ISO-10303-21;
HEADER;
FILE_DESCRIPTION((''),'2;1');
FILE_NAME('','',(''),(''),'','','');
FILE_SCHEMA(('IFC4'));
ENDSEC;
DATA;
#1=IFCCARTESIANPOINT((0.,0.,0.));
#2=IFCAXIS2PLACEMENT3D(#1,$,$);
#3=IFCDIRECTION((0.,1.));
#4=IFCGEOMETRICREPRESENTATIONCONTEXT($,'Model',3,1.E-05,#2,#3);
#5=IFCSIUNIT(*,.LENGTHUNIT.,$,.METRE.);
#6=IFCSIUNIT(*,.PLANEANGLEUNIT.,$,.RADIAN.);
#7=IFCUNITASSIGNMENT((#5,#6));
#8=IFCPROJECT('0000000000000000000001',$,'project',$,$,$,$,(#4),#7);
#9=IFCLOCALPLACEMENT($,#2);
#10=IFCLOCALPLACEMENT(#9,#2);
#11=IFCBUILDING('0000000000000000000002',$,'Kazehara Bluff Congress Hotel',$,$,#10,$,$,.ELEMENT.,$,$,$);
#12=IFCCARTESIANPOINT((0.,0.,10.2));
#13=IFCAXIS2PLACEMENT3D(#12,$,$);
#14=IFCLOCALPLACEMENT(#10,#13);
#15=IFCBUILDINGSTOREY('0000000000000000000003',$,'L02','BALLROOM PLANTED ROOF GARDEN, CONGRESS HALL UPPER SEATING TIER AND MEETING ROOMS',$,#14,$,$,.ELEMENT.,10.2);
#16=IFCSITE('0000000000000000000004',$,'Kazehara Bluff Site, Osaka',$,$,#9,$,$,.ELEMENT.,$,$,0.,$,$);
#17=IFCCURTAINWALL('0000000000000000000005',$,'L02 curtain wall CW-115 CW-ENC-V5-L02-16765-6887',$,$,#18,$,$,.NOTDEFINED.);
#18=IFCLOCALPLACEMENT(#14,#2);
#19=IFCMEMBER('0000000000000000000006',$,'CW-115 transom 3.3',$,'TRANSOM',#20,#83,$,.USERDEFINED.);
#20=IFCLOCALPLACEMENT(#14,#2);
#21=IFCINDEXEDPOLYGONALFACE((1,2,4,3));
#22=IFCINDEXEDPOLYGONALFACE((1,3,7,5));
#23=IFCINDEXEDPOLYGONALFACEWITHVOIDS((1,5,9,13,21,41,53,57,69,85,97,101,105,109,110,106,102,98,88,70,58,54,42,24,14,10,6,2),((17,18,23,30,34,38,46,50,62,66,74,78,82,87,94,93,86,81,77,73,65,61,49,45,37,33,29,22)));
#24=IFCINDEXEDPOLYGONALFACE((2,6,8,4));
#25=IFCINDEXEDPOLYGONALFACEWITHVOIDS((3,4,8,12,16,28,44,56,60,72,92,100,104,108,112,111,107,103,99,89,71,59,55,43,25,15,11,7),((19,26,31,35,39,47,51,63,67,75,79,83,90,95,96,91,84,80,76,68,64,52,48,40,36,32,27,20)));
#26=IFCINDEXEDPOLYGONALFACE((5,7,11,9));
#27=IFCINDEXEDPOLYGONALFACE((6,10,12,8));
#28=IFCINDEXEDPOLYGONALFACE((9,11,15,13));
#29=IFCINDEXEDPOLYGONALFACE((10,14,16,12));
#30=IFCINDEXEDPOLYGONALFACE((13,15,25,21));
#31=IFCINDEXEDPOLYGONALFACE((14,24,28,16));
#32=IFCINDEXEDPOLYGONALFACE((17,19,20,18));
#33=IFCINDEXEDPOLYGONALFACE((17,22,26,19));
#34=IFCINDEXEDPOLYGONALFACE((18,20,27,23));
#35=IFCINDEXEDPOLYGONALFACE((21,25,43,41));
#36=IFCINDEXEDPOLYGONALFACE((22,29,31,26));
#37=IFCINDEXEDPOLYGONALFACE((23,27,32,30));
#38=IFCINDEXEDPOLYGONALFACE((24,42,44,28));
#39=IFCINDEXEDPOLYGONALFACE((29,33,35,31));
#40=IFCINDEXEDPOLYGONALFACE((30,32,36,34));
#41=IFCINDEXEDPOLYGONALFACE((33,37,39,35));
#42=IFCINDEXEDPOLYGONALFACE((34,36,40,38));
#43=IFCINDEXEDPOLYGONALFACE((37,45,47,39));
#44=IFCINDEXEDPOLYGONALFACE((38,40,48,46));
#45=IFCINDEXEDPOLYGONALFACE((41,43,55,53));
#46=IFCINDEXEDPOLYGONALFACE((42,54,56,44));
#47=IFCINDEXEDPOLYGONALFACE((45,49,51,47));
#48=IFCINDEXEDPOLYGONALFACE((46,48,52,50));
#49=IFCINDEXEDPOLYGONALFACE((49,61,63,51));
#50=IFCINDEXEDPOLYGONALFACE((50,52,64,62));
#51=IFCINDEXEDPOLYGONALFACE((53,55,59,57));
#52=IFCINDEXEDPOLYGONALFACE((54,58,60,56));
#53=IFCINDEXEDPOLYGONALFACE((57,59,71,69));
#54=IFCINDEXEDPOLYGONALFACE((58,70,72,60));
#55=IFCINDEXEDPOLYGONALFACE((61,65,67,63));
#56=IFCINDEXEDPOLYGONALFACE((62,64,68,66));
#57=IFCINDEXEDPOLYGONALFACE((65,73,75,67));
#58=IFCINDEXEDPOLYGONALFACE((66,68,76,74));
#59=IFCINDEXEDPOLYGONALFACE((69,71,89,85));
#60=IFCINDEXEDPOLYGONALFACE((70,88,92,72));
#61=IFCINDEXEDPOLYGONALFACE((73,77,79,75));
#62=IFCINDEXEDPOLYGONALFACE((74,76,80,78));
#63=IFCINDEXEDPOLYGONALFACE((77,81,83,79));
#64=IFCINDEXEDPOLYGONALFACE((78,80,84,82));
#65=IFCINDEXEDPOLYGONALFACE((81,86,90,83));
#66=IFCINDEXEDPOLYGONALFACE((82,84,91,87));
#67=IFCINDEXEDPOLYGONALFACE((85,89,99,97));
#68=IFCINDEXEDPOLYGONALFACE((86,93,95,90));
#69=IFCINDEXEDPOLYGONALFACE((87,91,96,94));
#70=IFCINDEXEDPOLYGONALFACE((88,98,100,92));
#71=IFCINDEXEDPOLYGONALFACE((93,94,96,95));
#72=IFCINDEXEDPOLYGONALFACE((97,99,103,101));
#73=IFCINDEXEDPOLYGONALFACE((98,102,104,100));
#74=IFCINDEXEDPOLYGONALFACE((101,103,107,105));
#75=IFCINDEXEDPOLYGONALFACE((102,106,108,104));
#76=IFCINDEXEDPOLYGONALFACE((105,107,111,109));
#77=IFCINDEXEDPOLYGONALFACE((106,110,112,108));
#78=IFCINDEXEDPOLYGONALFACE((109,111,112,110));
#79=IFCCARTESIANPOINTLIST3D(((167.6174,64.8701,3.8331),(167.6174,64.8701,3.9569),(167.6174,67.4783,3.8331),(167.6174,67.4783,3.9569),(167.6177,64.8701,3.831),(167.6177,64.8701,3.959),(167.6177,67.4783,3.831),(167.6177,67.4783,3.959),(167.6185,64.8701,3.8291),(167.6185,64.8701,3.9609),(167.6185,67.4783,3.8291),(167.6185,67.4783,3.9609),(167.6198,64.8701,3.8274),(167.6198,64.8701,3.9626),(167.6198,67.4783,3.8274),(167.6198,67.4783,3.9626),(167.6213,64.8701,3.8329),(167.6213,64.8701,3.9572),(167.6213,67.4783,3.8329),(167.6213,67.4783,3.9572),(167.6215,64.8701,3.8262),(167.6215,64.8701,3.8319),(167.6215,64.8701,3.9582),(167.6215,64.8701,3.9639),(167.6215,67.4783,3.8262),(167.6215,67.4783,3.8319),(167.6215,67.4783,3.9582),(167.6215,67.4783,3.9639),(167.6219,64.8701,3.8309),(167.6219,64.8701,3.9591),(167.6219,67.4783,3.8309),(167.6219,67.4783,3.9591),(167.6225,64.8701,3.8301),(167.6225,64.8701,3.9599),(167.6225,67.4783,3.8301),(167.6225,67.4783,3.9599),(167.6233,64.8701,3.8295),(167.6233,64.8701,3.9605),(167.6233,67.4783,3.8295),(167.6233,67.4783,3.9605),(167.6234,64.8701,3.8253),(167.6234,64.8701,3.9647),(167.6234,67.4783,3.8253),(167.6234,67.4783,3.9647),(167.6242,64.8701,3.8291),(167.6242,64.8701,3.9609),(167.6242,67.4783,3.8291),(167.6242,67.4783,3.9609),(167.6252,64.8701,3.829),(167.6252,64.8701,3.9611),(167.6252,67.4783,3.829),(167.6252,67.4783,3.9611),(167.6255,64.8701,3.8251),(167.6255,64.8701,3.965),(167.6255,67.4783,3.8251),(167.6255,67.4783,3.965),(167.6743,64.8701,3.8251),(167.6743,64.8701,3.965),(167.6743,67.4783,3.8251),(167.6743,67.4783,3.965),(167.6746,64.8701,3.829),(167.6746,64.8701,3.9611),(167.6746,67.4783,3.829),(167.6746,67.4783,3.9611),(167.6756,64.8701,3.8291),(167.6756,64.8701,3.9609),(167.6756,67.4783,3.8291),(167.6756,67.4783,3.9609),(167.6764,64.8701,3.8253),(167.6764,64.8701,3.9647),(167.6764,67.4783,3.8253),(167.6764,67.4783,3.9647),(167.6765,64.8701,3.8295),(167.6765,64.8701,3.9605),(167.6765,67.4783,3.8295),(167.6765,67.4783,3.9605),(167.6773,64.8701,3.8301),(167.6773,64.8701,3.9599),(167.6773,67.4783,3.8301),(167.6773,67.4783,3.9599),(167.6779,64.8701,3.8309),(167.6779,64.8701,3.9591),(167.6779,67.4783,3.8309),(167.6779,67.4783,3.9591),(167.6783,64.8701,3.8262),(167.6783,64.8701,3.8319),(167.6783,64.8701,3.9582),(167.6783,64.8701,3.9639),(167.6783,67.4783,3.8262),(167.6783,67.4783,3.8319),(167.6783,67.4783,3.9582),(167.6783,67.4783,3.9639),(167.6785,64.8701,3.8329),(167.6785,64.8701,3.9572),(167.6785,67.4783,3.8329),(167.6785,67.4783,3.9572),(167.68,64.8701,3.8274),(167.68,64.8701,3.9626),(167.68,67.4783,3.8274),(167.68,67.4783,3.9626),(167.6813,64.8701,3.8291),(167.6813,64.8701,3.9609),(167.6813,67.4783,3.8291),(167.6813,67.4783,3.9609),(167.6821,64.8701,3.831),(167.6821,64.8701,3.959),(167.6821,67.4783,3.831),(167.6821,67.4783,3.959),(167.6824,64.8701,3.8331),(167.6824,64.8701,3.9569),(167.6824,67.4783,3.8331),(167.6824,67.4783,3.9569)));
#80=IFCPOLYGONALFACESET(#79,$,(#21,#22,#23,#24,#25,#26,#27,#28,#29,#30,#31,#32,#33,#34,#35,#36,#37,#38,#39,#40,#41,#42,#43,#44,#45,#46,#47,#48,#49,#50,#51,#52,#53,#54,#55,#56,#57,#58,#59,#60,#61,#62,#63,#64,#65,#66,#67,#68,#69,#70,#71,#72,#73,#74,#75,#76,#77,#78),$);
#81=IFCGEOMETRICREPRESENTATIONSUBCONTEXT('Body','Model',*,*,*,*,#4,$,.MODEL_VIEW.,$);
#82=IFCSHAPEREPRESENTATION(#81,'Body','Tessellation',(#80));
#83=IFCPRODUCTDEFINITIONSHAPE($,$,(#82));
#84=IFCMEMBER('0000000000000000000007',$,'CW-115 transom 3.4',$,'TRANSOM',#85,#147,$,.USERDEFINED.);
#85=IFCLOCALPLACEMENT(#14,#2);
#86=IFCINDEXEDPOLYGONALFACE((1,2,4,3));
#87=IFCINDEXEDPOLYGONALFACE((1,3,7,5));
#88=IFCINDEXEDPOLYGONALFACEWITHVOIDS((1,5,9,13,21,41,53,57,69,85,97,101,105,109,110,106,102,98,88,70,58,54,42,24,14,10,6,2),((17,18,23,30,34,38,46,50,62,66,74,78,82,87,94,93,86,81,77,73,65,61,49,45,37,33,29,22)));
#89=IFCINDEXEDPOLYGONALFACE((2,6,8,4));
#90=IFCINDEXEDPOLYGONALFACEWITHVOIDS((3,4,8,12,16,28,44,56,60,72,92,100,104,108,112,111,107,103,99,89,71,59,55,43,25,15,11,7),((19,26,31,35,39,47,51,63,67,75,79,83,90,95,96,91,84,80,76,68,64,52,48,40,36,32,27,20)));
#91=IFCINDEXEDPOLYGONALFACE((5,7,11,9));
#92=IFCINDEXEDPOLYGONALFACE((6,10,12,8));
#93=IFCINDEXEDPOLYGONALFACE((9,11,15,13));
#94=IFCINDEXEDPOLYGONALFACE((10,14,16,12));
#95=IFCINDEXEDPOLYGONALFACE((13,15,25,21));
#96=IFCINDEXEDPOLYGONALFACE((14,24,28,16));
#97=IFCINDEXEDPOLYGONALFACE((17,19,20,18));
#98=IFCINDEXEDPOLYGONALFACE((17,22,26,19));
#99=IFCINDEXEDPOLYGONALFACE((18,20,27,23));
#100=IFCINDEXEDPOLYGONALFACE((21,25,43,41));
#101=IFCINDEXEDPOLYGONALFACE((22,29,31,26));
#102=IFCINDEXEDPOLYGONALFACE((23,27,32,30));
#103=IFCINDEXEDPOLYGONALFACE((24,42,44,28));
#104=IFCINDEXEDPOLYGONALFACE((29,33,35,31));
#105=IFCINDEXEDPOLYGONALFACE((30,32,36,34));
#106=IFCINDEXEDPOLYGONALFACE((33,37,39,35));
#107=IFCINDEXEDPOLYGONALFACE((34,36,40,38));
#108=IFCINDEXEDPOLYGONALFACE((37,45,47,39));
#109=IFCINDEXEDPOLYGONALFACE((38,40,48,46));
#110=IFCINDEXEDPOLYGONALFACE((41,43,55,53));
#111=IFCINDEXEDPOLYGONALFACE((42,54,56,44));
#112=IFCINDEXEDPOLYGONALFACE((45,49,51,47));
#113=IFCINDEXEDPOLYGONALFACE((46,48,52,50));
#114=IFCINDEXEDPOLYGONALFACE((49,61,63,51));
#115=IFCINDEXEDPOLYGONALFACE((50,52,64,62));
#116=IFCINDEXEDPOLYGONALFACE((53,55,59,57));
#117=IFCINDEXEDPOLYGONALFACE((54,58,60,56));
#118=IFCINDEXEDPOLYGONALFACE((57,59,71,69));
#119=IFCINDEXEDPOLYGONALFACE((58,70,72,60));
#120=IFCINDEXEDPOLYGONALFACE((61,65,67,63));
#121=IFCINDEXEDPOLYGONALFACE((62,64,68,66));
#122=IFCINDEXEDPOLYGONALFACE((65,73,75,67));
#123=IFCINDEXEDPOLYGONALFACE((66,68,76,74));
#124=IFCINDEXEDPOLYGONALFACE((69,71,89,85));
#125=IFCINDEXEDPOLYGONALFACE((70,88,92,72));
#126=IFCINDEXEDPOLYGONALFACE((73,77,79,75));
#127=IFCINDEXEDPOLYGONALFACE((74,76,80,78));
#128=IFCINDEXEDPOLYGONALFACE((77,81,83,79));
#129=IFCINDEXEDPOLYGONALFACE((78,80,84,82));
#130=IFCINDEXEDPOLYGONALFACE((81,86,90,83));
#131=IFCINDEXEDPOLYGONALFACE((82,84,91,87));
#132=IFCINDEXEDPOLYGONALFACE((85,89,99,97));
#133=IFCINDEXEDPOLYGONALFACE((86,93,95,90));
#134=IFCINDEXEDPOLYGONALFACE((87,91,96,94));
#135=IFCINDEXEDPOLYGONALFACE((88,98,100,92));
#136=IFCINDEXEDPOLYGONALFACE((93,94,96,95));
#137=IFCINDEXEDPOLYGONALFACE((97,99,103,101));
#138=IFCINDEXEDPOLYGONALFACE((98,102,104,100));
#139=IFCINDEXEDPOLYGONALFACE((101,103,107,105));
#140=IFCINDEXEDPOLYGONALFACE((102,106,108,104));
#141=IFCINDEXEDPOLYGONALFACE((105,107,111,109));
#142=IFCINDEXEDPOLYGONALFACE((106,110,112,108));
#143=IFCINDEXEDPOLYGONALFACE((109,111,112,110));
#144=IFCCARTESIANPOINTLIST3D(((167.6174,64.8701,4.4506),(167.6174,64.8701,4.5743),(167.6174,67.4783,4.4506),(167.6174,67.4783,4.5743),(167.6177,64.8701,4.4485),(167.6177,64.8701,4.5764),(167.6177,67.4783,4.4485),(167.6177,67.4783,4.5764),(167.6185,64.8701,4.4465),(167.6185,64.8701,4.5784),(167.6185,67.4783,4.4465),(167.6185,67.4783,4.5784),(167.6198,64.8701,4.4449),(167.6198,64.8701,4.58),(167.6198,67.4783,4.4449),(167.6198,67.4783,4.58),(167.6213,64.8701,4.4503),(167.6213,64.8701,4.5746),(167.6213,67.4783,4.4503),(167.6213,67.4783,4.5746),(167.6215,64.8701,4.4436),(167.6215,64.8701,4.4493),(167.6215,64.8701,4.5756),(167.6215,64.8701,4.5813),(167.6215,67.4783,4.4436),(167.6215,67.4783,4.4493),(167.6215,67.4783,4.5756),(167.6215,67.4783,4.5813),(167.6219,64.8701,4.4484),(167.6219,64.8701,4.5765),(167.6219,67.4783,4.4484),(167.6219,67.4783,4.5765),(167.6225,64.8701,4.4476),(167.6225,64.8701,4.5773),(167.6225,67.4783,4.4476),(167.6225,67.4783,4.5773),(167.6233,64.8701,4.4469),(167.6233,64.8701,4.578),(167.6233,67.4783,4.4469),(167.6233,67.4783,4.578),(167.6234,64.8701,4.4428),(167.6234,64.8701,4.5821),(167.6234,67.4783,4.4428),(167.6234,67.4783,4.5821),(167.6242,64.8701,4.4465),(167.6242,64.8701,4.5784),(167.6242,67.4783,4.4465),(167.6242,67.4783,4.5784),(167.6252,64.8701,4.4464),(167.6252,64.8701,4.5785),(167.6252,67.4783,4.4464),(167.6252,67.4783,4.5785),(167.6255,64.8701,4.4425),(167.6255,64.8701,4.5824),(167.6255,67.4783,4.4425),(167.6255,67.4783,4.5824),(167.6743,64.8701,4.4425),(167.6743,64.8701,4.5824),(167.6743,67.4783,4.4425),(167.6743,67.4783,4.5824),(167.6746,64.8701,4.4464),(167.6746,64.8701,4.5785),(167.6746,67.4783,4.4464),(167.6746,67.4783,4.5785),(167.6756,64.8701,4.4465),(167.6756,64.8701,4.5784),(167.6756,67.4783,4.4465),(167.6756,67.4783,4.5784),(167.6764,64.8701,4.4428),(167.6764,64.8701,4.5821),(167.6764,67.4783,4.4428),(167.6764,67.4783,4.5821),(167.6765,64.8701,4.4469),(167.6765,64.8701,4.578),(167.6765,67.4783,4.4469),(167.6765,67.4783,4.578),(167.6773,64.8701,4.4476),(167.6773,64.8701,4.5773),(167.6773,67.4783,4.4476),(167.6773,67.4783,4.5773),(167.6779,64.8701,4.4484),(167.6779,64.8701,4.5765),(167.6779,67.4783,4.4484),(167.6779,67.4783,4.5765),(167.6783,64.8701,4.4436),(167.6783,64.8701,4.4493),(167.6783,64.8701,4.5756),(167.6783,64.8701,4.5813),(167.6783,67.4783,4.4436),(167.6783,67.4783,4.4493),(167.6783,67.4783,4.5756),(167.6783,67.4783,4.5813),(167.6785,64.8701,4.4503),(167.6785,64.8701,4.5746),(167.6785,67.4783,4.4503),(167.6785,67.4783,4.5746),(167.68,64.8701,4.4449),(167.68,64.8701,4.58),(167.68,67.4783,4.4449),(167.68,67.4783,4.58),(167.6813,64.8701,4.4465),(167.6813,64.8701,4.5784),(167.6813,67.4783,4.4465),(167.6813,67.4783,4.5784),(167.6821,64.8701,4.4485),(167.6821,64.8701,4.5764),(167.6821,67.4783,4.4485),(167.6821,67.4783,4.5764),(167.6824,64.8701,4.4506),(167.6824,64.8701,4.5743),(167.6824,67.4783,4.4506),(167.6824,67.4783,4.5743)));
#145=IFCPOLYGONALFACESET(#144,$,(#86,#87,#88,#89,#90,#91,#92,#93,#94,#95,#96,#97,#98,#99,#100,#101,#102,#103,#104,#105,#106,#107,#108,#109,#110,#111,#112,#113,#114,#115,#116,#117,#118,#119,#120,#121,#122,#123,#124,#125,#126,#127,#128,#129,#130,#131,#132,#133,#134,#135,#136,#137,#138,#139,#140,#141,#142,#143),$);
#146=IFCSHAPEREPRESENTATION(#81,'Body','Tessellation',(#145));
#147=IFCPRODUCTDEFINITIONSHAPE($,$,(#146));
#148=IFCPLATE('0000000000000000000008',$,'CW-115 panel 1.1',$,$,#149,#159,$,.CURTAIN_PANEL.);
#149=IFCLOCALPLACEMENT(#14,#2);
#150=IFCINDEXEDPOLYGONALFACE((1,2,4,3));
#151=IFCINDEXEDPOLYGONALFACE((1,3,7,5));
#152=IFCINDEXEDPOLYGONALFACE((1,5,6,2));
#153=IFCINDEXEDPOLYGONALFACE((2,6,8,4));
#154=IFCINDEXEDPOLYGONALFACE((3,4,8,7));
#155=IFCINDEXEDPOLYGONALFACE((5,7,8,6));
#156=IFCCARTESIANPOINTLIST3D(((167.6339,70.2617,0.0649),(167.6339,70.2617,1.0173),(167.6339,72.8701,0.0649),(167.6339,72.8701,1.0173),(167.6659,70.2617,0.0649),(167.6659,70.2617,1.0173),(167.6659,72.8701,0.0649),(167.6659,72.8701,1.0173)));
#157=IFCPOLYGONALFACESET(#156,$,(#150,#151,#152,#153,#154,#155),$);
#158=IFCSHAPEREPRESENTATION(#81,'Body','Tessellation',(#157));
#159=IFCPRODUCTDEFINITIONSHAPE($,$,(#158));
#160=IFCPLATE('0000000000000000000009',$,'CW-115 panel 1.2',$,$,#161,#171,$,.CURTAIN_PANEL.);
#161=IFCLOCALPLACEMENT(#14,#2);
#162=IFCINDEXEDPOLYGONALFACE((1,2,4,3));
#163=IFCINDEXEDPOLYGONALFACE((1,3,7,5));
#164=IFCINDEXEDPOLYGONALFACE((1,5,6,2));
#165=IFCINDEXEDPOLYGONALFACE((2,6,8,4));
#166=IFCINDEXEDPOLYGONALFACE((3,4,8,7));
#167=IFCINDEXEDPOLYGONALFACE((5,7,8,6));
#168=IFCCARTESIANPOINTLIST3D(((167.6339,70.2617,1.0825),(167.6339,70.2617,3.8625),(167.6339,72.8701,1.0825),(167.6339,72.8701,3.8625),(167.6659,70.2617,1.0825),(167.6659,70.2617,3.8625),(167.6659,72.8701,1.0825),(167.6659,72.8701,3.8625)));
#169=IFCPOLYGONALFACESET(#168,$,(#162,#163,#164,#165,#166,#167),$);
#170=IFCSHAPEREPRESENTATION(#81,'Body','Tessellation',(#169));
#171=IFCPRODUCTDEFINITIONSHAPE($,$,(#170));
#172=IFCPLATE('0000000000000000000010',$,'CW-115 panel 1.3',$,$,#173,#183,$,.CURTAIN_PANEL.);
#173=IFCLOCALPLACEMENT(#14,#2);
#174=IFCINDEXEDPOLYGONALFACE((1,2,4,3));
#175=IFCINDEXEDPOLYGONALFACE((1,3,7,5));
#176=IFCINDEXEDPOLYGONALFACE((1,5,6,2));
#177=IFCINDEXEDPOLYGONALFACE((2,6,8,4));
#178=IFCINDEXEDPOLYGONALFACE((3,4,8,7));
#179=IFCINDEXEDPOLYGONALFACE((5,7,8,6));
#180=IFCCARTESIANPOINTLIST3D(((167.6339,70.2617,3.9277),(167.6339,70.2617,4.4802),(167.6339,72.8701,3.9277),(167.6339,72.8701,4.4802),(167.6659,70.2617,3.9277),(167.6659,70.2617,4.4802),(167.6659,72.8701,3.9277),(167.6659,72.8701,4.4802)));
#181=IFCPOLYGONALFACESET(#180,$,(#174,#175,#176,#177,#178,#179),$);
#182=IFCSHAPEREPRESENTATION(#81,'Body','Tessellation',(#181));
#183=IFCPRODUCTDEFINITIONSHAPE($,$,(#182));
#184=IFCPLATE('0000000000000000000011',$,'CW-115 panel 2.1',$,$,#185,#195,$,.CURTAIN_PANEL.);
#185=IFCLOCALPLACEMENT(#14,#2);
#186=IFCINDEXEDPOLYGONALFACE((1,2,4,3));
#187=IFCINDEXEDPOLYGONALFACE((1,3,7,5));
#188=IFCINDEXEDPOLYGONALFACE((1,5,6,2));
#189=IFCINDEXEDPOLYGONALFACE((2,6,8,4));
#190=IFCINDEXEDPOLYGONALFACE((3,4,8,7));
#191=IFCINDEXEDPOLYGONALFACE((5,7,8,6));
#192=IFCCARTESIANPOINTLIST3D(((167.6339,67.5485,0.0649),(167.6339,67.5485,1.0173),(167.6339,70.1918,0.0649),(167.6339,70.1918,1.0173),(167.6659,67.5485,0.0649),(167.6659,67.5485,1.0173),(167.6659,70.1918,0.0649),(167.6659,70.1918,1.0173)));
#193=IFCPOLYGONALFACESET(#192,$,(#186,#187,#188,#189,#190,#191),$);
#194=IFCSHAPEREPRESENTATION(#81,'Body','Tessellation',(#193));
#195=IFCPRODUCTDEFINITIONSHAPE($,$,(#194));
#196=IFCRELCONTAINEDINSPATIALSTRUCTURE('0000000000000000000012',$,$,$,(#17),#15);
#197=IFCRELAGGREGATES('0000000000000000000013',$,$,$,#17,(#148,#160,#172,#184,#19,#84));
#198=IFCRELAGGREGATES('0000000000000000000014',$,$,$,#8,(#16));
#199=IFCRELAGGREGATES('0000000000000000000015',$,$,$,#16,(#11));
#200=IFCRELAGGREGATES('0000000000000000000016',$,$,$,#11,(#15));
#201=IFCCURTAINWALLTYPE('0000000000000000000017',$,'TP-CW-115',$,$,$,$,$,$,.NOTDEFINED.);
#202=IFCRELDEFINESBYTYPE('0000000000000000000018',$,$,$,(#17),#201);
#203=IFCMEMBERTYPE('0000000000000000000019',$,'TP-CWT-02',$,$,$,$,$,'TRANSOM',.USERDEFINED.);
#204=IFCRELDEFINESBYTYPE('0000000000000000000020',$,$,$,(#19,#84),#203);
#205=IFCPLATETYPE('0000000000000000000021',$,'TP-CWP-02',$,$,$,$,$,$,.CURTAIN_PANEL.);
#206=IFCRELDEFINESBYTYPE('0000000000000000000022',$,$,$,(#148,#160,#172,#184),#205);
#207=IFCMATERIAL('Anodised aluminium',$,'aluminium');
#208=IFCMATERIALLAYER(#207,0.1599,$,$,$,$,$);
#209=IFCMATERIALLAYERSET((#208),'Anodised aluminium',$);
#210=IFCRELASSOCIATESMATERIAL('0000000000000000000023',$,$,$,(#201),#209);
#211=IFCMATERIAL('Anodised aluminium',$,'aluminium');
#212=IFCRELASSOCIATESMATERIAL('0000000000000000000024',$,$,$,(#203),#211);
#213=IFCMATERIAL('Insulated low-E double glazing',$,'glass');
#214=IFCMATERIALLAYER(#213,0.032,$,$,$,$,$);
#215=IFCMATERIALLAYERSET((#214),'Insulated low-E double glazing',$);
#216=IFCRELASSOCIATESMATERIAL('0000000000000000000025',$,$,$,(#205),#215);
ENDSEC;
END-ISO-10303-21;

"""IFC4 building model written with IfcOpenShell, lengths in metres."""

from ifc_helpers import new_model, si_unit, direction, frame, origin, origin_2d, place, context, subcontext, project, spatial, rectangle, hollow_rectangle, extrude, material, layer, layer_set, material_profile, profile_set, type_object, element, aggregate, save


model = new_model("IFC4")

# Units and contexts
model_context = context("Model", 3, precision=1e-05, world=origin(), true_north=direction((0.0, 1.0)))
body_context = subcontext(model_context, "Body", "Model", "MODEL_VIEW")
ifc_project = project(units=[si_unit("LENGTHUNIT", "METRE"), si_unit("PLANEANGLEUNIT", "RADIAN")], contexts=[model_context])

# Site, building, storey
site_placement = place(None, origin())
site = spatial("IfcSite", under=ifc_project, at=site_placement, Name="Kazehara Bluff Site, Osaka", CompositionType="ELEMENT", RefElevation=0.0)
building_placement = place(site_placement, origin())
building = spatial("IfcBuilding", under=site, at=building_placement, Name="Kazehara Bluff Congress Hotel", CompositionType="ELEMENT")
storey_placement = place(building_placement, frame((0.0, 0.0, 10.2)))
storey = spatial("IfcBuildingStorey", under=building, at=storey_placement, Name="L02", Description="BALLROOM PLANTED ROOF GARDEN, CONGRESS HALL UPPER SEATING TIER AND MEETING ROOMS", CompositionType="ELEMENT", Elevation=10.2)

# Curtain wall
ifc_material_1 = material(Name="Anodised aluminium", Category="aluminium")
ifc_layer_1 = layer(ifc_material_1, 0.1599)
ifc_layer_set_1 = layer_set([ifc_layer_1], Name="Anodised aluminium")
curtain_wall_type_1 = type_object("IfcCurtainWallType", Name="TP-CW-115", PredefinedType="NOTDEFINED", material=ifc_layer_set_1)
curtain_wall_1_placement = place(storey_placement, origin())
curtain_wall_1 = element("IfcCurtainWall", 1, at=curtain_wall_1_placement, inside=storey, type_object=curtain_wall_type_1, Name="L02 curtain wall CW-115 CW-ENC-V5-L02-16765-6887", PredefinedType="NOTDEFINED")

# Members
ifc_material_2 = material(Name="Anodised aluminium", Category="aluminium")
ifc_material_profile_1 = material_profile(ifc_material_2, hollow_rectangle(XDim=0.0649, YDim=0.1399, WallThickness=0.0039, InnerFilletRadius=0.0039, OuterFilletRadius=0.0081, at=origin_2d()))
ifc_profile_set_1 = profile_set([ifc_material_profile_1], Name="Anodised aluminium")
member_type_1 = type_object("IfcMemberType", Name="TP-CWT-02", ElementType="TRANSOM", PredefinedType="USERDEFINED", material=ifc_profile_set_1)
member_1_placement = place(storey_placement, frame((167.6499, 67.4783, 3.895), z_axis=(0.0, -1.0, 0.0), x_axis=(1.0, 0.0, 0.0)))
member_1 = element("IfcMember", 2, at=member_1_placement, type_object=member_type_1, Name="CW-115 transom 3.3", ObjectType="TRANSOM", PredefinedType="USERDEFINED", context=body_context, shape_type="SweptSolid", body=[
    extrude(hollow_rectangle(XDim=0.0649, YDim=0.1399, WallThickness=0.0039, InnerFilletRadius=0.0039, OuterFilletRadius=0.0081, at=origin_2d()), origin(), (0.0, 0.0, 1.0), 2.6082),
])
member_2_placement = place(storey_placement, frame((167.6499, 67.4783, 4.5125), z_axis=(0.0, -1.0, 0.0), x_axis=(1.0, 0.0, 0.0)))
member_2 = element("IfcMember", 3, at=member_2_placement, type_object=member_type_1, Name="CW-115 transom 3.4", ObjectType="TRANSOM", PredefinedType="USERDEFINED", context=body_context, shape_type="SweptSolid", body=[
    extrude(hollow_rectangle(XDim=0.0649, YDim=0.1399, WallThickness=0.0039, InnerFilletRadius=0.0039, OuterFilletRadius=0.0081, at=origin_2d()), origin(), (0.0, 0.0, 1.0), 2.6082),
])

# Plates
ifc_material_3 = material(Name="Insulated low-E double glazing", Category="glass")
ifc_layer_2 = layer(ifc_material_3, 0.032)
ifc_layer_set_2 = layer_set([ifc_layer_2], Name="Insulated low-E double glazing")
plate_type = type_object("IfcPlateType", Name="TP-CWP-02", PredefinedType="CURTAIN_PANEL", material=ifc_layer_set_2)
plate_1_placement = place(storey_placement, frame((167.6499, 71.5659, 0.0649), z_axis=(0.0, 0.0, 1.0), x_axis=(0.0, -1.0, 0.0)))
plate_1 = element("IfcPlate", 4, at=plate_1_placement, type_object=plate_type, Name="CW-115 panel 1.1", PredefinedType="CURTAIN_PANEL", context=body_context, shape_type="SweptSolid", body=[
    extrude(rectangle(XDim=2.6084, YDim=0.032, at=origin_2d()), origin(), (0.0, 0.0, 1.0), 0.9524),
])
plate_2_placement = place(storey_placement, frame((167.6499, 71.5659, 1.0825), z_axis=(0.0, 0.0, 1.0), x_axis=(0.0, -1.0, 0.0)))
plate_2 = element("IfcPlate", 5, at=plate_2_placement, type_object=plate_type, Name="CW-115 panel 1.2", PredefinedType="CURTAIN_PANEL", context=body_context, shape_type="SweptSolid", body=[
    extrude(rectangle(XDim=2.6084, YDim=0.032, at=origin_2d()), origin(), (0.0, 0.0, 1.0), 2.78),
])
plate_3_placement = place(storey_placement, frame((167.6499, 71.5659, 3.9277), z_axis=(0.0, 0.0, 1.0), x_axis=(0.0, -1.0, 0.0)))
plate_3 = element("IfcPlate", 6, at=plate_3_placement, type_object=plate_type, Name="CW-115 panel 1.3", PredefinedType="CURTAIN_PANEL", context=body_context, shape_type="SweptSolid", body=[
    extrude(rectangle(XDim=2.6084, YDim=0.032, at=origin_2d()), origin(), (0.0, 0.0, 1.0), 0.5525),
])
plate_4_placement = place(storey_placement, frame((167.6499, 68.8701, 0.0649), z_axis=(0.0, 0.0, 1.0), x_axis=(0.0, -1.0, 0.0)))
plate_4 = element("IfcPlate", 7, at=plate_4_placement, type_object=plate_type, Name="CW-115 panel 2.1", PredefinedType="CURTAIN_PANEL", context=body_context, shape_type="SweptSolid", body=[
    extrude(rectangle(XDim=2.6433, YDim=0.032, at=origin_2d()), origin(), (0.0, 0.0, 1.0), 0.9524),
])
aggregate(curtain_wall_1, [plate_1, plate_2, plate_3, plate_4, member_1, member_2])

save(model, "model.ifc")
